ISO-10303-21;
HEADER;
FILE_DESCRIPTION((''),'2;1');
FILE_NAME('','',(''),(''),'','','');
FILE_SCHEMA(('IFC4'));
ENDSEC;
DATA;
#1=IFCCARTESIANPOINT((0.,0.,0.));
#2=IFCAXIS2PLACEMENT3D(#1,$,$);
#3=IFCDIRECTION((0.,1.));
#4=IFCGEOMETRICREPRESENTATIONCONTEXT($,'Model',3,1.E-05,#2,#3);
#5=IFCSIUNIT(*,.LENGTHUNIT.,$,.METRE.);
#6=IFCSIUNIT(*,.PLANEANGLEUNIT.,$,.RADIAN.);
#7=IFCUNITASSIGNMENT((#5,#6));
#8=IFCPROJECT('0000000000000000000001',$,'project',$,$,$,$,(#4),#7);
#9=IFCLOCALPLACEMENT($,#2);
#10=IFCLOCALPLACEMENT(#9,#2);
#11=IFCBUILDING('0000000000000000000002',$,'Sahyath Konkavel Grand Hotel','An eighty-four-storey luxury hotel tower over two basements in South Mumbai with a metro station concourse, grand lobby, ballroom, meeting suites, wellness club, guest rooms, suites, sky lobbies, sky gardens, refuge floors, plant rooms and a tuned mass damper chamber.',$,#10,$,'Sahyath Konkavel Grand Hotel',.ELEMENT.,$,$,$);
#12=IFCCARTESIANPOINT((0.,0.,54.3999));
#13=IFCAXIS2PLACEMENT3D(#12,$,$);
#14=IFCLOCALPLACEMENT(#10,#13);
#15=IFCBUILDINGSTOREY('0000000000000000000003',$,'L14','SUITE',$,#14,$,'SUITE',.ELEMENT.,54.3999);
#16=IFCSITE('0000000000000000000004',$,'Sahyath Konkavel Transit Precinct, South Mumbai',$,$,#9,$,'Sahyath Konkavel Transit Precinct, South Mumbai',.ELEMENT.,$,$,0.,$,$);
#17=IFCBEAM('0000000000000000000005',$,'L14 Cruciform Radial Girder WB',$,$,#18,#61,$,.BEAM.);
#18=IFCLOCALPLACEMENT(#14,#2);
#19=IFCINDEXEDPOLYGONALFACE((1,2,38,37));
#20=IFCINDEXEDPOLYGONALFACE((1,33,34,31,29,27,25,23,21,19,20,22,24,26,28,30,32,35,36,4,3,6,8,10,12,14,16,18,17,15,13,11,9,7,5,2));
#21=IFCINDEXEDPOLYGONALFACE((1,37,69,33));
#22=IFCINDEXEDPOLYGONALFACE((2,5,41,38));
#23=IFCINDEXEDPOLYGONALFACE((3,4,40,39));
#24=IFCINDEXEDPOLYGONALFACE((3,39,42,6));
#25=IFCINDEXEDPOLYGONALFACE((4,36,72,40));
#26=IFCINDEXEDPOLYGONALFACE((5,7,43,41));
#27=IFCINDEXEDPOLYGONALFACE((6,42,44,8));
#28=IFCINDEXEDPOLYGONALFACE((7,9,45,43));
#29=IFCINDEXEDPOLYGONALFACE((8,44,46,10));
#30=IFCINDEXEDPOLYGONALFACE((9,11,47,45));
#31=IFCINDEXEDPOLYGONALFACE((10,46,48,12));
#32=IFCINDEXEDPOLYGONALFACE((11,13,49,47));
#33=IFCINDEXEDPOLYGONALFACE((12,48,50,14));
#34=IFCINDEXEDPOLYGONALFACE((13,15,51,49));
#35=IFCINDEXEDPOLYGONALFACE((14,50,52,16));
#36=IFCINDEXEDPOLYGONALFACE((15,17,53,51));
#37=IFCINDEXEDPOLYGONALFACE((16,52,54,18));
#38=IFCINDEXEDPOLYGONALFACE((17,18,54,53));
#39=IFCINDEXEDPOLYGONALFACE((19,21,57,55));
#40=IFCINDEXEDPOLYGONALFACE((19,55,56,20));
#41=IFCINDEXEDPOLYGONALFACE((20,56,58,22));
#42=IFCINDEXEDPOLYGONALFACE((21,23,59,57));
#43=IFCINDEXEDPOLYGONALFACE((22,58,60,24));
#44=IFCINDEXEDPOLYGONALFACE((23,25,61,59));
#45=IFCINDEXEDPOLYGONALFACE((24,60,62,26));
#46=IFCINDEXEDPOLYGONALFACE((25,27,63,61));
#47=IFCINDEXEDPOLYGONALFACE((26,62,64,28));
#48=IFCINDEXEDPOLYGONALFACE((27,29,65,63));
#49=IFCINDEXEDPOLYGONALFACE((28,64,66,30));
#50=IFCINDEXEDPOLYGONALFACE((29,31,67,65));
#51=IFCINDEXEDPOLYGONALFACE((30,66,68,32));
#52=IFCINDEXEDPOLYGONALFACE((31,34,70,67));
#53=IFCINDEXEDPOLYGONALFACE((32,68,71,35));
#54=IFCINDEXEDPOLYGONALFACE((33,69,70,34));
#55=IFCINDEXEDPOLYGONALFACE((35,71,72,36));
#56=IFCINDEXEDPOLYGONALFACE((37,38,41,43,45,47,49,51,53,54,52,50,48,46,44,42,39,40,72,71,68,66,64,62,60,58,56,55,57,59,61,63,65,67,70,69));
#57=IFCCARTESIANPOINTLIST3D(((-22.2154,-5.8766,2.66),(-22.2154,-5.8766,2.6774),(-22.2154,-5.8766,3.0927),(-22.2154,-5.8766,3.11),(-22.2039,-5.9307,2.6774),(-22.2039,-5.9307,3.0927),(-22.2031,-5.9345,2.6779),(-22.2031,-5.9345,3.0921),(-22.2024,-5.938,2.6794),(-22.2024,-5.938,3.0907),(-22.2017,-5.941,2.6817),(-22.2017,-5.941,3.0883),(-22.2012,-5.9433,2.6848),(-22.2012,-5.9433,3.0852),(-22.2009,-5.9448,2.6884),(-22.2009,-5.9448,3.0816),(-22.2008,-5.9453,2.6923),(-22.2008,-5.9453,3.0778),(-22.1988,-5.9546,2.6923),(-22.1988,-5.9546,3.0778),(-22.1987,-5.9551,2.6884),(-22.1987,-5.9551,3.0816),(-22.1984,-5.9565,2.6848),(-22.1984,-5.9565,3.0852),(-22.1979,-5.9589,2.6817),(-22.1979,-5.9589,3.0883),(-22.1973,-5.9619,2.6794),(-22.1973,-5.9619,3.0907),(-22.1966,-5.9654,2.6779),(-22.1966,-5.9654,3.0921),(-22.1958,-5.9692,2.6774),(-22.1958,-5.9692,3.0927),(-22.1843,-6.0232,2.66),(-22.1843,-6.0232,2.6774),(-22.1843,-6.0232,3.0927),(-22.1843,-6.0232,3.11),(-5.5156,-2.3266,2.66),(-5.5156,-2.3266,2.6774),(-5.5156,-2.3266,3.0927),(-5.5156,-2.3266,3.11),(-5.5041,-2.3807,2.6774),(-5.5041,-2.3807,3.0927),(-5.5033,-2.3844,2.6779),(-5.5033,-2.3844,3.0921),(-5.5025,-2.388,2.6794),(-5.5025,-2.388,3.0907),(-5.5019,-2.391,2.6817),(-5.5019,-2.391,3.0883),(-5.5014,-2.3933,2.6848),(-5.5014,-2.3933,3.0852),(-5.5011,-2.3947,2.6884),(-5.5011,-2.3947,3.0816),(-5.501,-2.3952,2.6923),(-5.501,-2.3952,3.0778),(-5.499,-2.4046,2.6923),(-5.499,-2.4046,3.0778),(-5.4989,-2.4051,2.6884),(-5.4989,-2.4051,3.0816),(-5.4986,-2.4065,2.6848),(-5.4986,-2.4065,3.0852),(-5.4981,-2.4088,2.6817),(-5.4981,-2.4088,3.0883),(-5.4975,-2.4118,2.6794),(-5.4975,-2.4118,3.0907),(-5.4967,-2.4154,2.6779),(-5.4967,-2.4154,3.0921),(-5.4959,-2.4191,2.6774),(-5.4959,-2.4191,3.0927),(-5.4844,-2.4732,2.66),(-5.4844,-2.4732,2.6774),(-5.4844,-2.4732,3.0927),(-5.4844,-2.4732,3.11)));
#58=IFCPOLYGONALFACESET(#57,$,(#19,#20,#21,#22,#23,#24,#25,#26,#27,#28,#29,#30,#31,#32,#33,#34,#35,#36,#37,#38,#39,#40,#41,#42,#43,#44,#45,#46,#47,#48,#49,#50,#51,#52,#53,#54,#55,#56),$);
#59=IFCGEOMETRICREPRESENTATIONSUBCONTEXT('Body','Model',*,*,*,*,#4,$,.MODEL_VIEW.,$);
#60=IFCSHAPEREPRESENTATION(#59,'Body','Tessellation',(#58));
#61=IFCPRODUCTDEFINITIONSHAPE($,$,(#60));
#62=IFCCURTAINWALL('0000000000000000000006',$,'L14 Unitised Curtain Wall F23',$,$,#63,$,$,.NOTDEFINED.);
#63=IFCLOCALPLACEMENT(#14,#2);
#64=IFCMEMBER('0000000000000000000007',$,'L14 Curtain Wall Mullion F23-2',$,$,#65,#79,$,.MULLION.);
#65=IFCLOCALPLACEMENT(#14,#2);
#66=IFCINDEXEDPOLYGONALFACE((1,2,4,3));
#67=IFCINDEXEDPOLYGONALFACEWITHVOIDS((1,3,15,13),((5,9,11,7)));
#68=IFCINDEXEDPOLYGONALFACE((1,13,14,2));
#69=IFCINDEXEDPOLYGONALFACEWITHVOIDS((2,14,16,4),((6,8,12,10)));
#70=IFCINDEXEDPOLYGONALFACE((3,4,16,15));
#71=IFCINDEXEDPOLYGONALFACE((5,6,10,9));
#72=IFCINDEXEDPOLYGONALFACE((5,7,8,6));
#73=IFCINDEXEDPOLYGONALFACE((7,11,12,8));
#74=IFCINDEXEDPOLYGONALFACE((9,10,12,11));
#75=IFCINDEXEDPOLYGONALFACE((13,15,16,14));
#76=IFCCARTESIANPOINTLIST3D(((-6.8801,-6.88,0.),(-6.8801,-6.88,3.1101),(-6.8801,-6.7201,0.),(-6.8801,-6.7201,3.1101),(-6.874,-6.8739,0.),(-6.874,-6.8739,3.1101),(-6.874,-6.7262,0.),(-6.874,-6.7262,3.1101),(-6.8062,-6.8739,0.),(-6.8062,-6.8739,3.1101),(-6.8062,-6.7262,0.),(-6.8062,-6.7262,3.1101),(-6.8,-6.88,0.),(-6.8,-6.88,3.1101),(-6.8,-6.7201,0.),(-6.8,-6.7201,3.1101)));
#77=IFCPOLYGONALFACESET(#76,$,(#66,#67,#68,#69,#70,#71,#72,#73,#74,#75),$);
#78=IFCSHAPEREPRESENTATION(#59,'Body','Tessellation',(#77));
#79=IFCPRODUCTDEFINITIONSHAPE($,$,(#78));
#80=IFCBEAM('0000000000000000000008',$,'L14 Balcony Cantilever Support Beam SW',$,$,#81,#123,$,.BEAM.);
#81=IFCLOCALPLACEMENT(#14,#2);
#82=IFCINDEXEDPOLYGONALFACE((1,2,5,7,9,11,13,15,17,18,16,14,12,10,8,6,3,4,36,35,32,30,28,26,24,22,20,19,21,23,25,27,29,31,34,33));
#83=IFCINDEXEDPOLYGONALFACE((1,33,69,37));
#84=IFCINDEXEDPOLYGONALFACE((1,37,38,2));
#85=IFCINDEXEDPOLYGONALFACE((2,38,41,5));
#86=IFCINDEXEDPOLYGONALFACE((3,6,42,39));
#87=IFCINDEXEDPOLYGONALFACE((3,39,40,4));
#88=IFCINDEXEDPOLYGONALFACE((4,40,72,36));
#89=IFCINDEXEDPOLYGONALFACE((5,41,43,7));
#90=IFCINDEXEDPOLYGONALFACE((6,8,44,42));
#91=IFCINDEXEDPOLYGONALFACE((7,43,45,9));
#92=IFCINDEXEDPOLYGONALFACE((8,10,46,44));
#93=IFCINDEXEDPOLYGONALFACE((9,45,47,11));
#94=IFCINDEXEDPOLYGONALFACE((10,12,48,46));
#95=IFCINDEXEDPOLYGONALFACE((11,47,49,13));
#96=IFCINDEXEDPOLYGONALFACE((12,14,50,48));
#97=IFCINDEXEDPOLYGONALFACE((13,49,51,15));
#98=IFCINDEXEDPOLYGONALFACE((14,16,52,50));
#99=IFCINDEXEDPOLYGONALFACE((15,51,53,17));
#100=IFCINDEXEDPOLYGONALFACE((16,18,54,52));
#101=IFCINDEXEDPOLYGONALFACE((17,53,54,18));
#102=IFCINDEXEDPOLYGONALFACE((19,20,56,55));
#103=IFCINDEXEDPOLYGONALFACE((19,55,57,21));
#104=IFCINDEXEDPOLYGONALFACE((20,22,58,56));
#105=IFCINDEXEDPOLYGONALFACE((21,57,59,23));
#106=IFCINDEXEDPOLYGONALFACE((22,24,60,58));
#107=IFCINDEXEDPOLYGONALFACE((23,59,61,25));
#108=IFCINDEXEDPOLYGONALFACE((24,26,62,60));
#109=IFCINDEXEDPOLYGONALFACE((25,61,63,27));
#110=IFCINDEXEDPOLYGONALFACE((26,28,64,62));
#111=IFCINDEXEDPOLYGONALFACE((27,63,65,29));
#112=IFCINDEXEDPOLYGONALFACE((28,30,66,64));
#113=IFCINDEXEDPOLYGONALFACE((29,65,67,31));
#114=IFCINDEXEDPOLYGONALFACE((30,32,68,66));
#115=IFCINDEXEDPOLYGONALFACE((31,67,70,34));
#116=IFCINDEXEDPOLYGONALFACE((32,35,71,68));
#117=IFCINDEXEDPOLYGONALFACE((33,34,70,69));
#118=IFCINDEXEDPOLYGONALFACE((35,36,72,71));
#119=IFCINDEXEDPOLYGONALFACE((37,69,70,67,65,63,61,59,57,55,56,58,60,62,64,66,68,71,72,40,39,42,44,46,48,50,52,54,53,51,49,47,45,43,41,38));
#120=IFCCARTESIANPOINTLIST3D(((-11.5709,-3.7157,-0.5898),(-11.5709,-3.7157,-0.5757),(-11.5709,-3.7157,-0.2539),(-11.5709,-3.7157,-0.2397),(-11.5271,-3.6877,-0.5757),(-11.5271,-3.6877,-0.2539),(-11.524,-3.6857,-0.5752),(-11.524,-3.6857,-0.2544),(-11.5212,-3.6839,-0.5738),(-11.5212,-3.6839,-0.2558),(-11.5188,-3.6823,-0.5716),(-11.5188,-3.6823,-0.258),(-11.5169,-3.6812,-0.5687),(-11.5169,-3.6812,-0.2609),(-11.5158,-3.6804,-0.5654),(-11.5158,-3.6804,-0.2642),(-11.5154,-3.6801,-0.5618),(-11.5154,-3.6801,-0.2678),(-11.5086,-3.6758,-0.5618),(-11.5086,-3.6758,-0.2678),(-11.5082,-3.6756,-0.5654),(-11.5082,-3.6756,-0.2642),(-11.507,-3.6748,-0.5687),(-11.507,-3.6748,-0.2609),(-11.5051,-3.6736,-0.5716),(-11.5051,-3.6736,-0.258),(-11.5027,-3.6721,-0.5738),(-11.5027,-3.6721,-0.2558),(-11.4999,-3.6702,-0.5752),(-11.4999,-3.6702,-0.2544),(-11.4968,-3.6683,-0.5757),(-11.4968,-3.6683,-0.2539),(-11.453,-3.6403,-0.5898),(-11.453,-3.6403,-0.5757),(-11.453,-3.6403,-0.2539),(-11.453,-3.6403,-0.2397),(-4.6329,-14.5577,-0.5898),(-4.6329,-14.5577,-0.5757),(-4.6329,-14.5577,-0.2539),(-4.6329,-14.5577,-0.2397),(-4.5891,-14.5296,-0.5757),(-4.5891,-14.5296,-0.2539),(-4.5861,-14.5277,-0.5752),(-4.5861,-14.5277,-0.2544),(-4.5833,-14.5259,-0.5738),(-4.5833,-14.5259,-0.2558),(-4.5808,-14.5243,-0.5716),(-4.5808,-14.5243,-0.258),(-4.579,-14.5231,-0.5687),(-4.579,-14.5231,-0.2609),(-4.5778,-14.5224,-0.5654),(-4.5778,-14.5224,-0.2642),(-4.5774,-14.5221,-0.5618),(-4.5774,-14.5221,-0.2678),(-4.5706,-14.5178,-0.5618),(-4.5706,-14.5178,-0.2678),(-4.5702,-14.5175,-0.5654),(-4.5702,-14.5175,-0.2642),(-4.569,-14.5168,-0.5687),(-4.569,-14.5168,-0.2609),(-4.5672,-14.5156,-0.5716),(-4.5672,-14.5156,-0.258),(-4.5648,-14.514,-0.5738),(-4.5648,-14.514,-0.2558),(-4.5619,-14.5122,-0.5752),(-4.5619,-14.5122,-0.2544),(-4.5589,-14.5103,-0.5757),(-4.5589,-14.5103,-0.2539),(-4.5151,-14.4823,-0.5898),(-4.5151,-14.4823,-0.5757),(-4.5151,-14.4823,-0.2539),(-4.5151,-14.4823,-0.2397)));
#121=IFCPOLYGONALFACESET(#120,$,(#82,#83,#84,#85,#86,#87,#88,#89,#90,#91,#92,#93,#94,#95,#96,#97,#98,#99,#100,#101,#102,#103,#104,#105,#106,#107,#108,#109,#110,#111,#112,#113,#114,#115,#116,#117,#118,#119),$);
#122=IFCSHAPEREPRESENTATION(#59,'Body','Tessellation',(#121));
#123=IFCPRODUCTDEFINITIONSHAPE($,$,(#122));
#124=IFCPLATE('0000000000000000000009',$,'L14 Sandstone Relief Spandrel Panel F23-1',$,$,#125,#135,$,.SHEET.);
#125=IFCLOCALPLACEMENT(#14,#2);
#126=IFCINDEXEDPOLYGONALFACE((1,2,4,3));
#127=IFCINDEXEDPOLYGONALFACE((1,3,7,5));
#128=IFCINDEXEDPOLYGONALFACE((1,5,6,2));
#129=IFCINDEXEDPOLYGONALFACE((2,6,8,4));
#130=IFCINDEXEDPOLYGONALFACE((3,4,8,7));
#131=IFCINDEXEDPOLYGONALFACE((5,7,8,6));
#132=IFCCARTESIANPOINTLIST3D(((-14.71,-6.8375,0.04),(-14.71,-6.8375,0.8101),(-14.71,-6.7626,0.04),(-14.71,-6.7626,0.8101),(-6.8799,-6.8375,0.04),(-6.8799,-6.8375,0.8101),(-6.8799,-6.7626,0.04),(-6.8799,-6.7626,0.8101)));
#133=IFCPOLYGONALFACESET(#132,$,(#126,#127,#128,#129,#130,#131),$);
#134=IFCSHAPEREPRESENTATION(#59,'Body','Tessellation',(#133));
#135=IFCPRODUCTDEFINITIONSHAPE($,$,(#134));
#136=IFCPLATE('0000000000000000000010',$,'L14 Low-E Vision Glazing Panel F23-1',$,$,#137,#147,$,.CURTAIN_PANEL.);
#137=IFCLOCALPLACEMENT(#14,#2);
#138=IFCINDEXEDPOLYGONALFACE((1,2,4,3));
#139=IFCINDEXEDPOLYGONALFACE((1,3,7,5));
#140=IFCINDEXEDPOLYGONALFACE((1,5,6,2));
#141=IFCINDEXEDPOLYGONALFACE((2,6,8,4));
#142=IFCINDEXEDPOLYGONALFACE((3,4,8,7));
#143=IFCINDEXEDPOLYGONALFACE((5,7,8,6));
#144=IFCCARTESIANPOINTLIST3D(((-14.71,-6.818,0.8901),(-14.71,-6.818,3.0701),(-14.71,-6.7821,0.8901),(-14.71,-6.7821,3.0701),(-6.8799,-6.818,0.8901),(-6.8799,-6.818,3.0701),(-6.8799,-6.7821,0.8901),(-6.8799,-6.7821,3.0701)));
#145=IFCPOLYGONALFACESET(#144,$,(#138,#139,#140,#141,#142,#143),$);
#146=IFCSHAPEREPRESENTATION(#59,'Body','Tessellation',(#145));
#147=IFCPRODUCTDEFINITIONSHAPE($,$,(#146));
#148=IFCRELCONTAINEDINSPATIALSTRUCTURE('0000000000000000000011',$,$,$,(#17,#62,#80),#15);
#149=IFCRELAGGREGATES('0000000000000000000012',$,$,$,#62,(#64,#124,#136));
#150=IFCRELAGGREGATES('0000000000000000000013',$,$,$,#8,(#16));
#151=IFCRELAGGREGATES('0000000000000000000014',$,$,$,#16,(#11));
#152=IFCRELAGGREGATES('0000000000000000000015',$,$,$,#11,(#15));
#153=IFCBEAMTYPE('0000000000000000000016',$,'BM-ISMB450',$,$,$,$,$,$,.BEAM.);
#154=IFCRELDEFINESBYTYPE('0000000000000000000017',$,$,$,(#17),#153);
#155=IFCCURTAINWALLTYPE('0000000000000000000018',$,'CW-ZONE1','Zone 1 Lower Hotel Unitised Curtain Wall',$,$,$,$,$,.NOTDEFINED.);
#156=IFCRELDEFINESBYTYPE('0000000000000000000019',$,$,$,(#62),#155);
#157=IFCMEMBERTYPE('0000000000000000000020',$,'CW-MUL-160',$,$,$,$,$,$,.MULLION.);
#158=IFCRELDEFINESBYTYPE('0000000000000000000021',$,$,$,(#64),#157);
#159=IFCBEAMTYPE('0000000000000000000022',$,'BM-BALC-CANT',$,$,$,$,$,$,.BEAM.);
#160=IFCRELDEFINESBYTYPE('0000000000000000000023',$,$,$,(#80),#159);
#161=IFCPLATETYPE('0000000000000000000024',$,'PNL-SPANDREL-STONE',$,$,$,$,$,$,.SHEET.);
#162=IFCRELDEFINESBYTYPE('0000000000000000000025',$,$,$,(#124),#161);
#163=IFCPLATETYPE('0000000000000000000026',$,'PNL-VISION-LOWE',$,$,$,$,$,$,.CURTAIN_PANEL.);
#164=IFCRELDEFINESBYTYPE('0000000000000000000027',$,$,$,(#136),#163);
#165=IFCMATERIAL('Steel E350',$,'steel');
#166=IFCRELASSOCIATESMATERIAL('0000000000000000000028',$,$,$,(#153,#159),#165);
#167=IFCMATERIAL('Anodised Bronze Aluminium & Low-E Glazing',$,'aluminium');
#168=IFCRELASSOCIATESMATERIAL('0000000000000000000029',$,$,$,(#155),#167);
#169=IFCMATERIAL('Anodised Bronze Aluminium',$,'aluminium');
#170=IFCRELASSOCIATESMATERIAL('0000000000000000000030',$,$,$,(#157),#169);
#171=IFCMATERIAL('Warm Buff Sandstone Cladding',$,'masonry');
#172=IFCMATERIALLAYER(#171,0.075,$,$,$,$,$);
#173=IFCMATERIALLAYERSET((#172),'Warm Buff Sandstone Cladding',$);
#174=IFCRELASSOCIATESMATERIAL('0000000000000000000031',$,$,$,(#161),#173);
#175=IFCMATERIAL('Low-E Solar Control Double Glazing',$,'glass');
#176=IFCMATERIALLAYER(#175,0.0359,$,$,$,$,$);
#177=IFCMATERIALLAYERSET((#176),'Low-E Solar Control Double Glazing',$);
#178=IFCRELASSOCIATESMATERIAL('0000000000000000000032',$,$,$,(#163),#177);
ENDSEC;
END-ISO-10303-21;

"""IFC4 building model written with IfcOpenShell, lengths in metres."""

from ifc_helpers import new_model, si_unit, direction, frame, origin, origin_2d, place, context, subcontext, project, spatial, rectangle, hollow_rectangle, i_section, extrude, source, transform, mapped, material, layer, layer_set, material_profile, profile_set, type_object, element, aggregate, save


model = new_model("IFC4")

# Units and contexts
model_context = context("Model", 3, precision=1e-05, world=origin(), true_north=direction((0.0, 1.0)))
body_context = subcontext(model_context, "Body", "Model", "MODEL_VIEW")
ifc_project = project(units=[si_unit("LENGTHUNIT", "METRE"), si_unit("PLANEANGLEUNIT", "RADIAN")], contexts=[model_context])

# Site, building, storey
site_placement = place(None, origin())
site = spatial("IfcSite", under=ifc_project, at=site_placement, Name="Sahyath Konkavel Transit Precinct, South Mumbai", LongName="Sahyath Konkavel Transit Precinct, South Mumbai", CompositionType="ELEMENT", RefElevation=0.0)
building_placement = place(site_placement, origin())
building = spatial("IfcBuilding", under=site, at=building_placement, Name="Sahyath Konkavel Grand Hotel", Description="An eighty-four-storey luxury hotel tower over two basements in South Mumbai with a metro station concourse, grand lobby, ballroom, meeting suites, wellness club, guest rooms, suites, sky lobbies, sky gardens, refuge floors, plant rooms and a tuned mass damper chamber.", LongName="Sahyath Konkavel Grand Hotel", CompositionType="ELEMENT")
storey_placement = place(building_placement, frame((0.0, 0.0, 54.3999)))
storey = spatial("IfcBuildingStorey", under=building, at=storey_placement, Name="L14", Description="SUITE", LongName="SUITE", CompositionType="ELEMENT", Elevation=54.3999)

# Beam
ifc_material_1 = material(Name="Steel E350", Category="steel")
ifc_material_profile_1 = material_profile(ifc_material_1, i_section(OverallWidth=0.1499, OverallDepth=0.45, WebThickness=0.0095, FlangeThickness=0.0173, FilletRadius=0.0149, at=origin_2d()), Name="ISMB 450")
ifc_profile_set_1 = profile_set([ifc_material_profile_1], Name="Steel E350")
beam_type_1 = type_object("IfcBeamType", Name="BM-ISMB450", PredefinedType="BEAM", material=ifc_profile_set_1)
shared_shape_1 = source(origin(), body_context, "Body", "SweptSolid", [
    extrude(i_section(OverallWidth=0.1499, OverallDepth=0.45, WebThickness=0.0095, FlangeThickness=0.0173, FilletRadius=0.0149, at=origin_2d()), origin(), (0.0, 0.0, 1.0), 17.073),
])
beam_1_placement = place(storey_placement, frame((-5.5, -2.3999, 2.885), z_axis=(-0.978143, -0.207932, 0.0), x_axis=(0.207932, -0.978143, 0.0)))
element("IfcBeam", 1, at=beam_1_placement, inside=storey, type_object=beam_type_1, Name="L14 Cruciform Radial Girder WB", PredefinedType="BEAM", context=body_context, shape_type="MappedRepresentation", body=[
    mapped(shared_shape_1, transform((0.0, 0.0, 0.0), scale=1.0)),
])

# Curtain wall, member
ifc_material_2 = material(Name="Anodised Bronze Aluminium & Low-E Glazing", Category="aluminium")
curtain_wall_type = type_object("IfcCurtainWallType", Name="CW-ZONE1", Description="Zone 1 Lower Hotel Unitised Curtain Wall", PredefinedType="NOTDEFINED", material=ifc_material_2)
curtain_wall_placement = place(storey_placement, origin())
curtain_wall = element("IfcCurtainWall", 2, at=curtain_wall_placement, inside=storey, type_object=curtain_wall_type, Name="L14 Unitised Curtain Wall F23", PredefinedType="NOTDEFINED")
ifc_material_3 = material(Name="Anodised Bronze Aluminium", Category="aluminium")
ifc_material_profile_2 = material_profile(ifc_material_3, hollow_rectangle(XDim=0.0801, YDim=0.1599, WallThickness=0.0061, at=origin_2d()), Name="RHS 160x80x6")
ifc_profile_set_2 = profile_set([ifc_material_profile_2], Name="Anodised Bronze Aluminium")
member_type = type_object("IfcMemberType", Name="CW-MUL-160", PredefinedType="MULLION", material=ifc_profile_set_2)
shared_shape_2 = source(origin(), body_context, "Body", "SweptSolid", [
    extrude(hollow_rectangle(XDim=0.0801, YDim=0.1599, WallThickness=0.0061, at=origin_2d()), origin(), (0.0, 0.0, 1.0), 3.1101),
])
member_placement = place(storey_placement, frame((-6.8401, -6.8, 0.0), z_axis=(0.0, 0.0, 1.0), x_axis=(1.0, 0.0, 0.0)))
member = element("IfcMember", 3, at=member_placement, type_object=member_type, Name="L14 Curtain Wall Mullion F23-2", PredefinedType="MULLION", context=body_context, shape_type="MappedRepresentation", body=[
    mapped(shared_shape_2, transform((0.0, 0.0, 0.0), scale=1.0)),
])

# Beam
ifc_material_profile_3 = material_profile(ifc_material_1, i_section(OverallWidth=0.1399, OverallDepth=0.3501, WebThickness=0.0081, FlangeThickness=0.0142, FilletRadius=0.0139, at=origin_2d()), Name="ISMB 350")
ifc_profile_set_3 = profile_set([ifc_material_profile_3], Name="Steel E350")
beam_type_2 = type_object("IfcBeamType", Name="BM-BALC-CANT", PredefinedType="BEAM", material=ifc_profile_set_3)
shared_shape_3 = source(origin(), body_context, "Body", "SweptSolid", [
    extrude(i_section(OverallWidth=0.1399, OverallDepth=0.3501, WebThickness=0.0081, FlangeThickness=0.0142, FilletRadius=0.0139, at=origin_2d()), origin(), (0.0, 0.0, 1.0), 12.8718),
])
beam_2_placement = place(storey_placement, frame((-11.512, -3.678, -0.4148), z_axis=(0.539003, -0.842304, 0.0), x_axis=(0.842304, 0.539003, 0.0)))
element("IfcBeam", 4, at=beam_2_placement, inside=storey, type_object=beam_type_2, Name="L14 Balcony Cantilever Support Beam SW", PredefinedType="BEAM", context=body_context, shape_type="MappedRepresentation", body=[
    mapped(shared_shape_3, transform((0.0, 0.0, 0.0), scale=1.0)),
])

# Plates
ifc_material_4 = material(Name="Warm Buff Sandstone Cladding", Category="masonry")
ifc_layer_1 = layer(ifc_material_4, 0.075)
ifc_layer_set_1 = layer_set([ifc_layer_1], Name="Warm Buff Sandstone Cladding")
plate_type_1 = type_object("IfcPlateType", Name="PNL-SPANDREL-STONE", PredefinedType="SHEET", material=ifc_layer_set_1)
shared_shape_4 = source(origin(), body_context, "Body", "SweptSolid", [
    extrude(rectangle(XDim=7.8301, YDim=0.075, at=origin_2d()), origin(), (0.0, 0.0, 1.0), 0.77),
])
plate_1_placement = place(storey_placement, frame((-10.7949, -6.8, 0.04), z_axis=(0.0, 0.0, 1.0), x_axis=(1.0, 0.0, 0.0)))
plate_1 = element("IfcPlate", 5, at=plate_1_placement, type_object=plate_type_1, Name="L14 Sandstone Relief Spandrel Panel F23-1", PredefinedType="SHEET", context=body_context, shape_type="MappedRepresentation", body=[
    mapped(shared_shape_4, transform((0.0, 0.0, 0.0), scale=1.0)),
])
ifc_material_5 = material(Name="Low-E Solar Control Double Glazing", Category="glass")
ifc_layer_2 = layer(ifc_material_5, 0.0359)
ifc_layer_set_2 = layer_set([ifc_layer_2], Name="Low-E Solar Control Double Glazing")
plate_type_2 = type_object("IfcPlateType", Name="PNL-VISION-LOWE", PredefinedType="CURTAIN_PANEL", material=ifc_layer_set_2)
shared_shape_5 = source(origin(), body_context, "Body", "SweptSolid", [
    extrude(rectangle(XDim=7.8301, YDim=0.0359, at=origin_2d()), origin(), (0.0, 0.0, 1.0), 2.1799),
])
plate_2_placement = place(storey_placement, frame((-10.7949, -6.8, 0.8901), z_axis=(0.0, 0.0, 1.0), x_axis=(1.0, 0.0, 0.0)))
plate_2 = element("IfcPlate", 6, at=plate_2_placement, type_object=plate_type_2, Name="L14 Low-E Vision Glazing Panel F23-1", PredefinedType="CURTAIN_PANEL", context=body_context, shape_type="MappedRepresentation", body=[
    mapped(shared_shape_5, transform((0.0, 0.0, 0.0), scale=1.0)),
])
aggregate(curtain_wall, [member, plate_1, plate_2])

save(model, "model.ifc")
